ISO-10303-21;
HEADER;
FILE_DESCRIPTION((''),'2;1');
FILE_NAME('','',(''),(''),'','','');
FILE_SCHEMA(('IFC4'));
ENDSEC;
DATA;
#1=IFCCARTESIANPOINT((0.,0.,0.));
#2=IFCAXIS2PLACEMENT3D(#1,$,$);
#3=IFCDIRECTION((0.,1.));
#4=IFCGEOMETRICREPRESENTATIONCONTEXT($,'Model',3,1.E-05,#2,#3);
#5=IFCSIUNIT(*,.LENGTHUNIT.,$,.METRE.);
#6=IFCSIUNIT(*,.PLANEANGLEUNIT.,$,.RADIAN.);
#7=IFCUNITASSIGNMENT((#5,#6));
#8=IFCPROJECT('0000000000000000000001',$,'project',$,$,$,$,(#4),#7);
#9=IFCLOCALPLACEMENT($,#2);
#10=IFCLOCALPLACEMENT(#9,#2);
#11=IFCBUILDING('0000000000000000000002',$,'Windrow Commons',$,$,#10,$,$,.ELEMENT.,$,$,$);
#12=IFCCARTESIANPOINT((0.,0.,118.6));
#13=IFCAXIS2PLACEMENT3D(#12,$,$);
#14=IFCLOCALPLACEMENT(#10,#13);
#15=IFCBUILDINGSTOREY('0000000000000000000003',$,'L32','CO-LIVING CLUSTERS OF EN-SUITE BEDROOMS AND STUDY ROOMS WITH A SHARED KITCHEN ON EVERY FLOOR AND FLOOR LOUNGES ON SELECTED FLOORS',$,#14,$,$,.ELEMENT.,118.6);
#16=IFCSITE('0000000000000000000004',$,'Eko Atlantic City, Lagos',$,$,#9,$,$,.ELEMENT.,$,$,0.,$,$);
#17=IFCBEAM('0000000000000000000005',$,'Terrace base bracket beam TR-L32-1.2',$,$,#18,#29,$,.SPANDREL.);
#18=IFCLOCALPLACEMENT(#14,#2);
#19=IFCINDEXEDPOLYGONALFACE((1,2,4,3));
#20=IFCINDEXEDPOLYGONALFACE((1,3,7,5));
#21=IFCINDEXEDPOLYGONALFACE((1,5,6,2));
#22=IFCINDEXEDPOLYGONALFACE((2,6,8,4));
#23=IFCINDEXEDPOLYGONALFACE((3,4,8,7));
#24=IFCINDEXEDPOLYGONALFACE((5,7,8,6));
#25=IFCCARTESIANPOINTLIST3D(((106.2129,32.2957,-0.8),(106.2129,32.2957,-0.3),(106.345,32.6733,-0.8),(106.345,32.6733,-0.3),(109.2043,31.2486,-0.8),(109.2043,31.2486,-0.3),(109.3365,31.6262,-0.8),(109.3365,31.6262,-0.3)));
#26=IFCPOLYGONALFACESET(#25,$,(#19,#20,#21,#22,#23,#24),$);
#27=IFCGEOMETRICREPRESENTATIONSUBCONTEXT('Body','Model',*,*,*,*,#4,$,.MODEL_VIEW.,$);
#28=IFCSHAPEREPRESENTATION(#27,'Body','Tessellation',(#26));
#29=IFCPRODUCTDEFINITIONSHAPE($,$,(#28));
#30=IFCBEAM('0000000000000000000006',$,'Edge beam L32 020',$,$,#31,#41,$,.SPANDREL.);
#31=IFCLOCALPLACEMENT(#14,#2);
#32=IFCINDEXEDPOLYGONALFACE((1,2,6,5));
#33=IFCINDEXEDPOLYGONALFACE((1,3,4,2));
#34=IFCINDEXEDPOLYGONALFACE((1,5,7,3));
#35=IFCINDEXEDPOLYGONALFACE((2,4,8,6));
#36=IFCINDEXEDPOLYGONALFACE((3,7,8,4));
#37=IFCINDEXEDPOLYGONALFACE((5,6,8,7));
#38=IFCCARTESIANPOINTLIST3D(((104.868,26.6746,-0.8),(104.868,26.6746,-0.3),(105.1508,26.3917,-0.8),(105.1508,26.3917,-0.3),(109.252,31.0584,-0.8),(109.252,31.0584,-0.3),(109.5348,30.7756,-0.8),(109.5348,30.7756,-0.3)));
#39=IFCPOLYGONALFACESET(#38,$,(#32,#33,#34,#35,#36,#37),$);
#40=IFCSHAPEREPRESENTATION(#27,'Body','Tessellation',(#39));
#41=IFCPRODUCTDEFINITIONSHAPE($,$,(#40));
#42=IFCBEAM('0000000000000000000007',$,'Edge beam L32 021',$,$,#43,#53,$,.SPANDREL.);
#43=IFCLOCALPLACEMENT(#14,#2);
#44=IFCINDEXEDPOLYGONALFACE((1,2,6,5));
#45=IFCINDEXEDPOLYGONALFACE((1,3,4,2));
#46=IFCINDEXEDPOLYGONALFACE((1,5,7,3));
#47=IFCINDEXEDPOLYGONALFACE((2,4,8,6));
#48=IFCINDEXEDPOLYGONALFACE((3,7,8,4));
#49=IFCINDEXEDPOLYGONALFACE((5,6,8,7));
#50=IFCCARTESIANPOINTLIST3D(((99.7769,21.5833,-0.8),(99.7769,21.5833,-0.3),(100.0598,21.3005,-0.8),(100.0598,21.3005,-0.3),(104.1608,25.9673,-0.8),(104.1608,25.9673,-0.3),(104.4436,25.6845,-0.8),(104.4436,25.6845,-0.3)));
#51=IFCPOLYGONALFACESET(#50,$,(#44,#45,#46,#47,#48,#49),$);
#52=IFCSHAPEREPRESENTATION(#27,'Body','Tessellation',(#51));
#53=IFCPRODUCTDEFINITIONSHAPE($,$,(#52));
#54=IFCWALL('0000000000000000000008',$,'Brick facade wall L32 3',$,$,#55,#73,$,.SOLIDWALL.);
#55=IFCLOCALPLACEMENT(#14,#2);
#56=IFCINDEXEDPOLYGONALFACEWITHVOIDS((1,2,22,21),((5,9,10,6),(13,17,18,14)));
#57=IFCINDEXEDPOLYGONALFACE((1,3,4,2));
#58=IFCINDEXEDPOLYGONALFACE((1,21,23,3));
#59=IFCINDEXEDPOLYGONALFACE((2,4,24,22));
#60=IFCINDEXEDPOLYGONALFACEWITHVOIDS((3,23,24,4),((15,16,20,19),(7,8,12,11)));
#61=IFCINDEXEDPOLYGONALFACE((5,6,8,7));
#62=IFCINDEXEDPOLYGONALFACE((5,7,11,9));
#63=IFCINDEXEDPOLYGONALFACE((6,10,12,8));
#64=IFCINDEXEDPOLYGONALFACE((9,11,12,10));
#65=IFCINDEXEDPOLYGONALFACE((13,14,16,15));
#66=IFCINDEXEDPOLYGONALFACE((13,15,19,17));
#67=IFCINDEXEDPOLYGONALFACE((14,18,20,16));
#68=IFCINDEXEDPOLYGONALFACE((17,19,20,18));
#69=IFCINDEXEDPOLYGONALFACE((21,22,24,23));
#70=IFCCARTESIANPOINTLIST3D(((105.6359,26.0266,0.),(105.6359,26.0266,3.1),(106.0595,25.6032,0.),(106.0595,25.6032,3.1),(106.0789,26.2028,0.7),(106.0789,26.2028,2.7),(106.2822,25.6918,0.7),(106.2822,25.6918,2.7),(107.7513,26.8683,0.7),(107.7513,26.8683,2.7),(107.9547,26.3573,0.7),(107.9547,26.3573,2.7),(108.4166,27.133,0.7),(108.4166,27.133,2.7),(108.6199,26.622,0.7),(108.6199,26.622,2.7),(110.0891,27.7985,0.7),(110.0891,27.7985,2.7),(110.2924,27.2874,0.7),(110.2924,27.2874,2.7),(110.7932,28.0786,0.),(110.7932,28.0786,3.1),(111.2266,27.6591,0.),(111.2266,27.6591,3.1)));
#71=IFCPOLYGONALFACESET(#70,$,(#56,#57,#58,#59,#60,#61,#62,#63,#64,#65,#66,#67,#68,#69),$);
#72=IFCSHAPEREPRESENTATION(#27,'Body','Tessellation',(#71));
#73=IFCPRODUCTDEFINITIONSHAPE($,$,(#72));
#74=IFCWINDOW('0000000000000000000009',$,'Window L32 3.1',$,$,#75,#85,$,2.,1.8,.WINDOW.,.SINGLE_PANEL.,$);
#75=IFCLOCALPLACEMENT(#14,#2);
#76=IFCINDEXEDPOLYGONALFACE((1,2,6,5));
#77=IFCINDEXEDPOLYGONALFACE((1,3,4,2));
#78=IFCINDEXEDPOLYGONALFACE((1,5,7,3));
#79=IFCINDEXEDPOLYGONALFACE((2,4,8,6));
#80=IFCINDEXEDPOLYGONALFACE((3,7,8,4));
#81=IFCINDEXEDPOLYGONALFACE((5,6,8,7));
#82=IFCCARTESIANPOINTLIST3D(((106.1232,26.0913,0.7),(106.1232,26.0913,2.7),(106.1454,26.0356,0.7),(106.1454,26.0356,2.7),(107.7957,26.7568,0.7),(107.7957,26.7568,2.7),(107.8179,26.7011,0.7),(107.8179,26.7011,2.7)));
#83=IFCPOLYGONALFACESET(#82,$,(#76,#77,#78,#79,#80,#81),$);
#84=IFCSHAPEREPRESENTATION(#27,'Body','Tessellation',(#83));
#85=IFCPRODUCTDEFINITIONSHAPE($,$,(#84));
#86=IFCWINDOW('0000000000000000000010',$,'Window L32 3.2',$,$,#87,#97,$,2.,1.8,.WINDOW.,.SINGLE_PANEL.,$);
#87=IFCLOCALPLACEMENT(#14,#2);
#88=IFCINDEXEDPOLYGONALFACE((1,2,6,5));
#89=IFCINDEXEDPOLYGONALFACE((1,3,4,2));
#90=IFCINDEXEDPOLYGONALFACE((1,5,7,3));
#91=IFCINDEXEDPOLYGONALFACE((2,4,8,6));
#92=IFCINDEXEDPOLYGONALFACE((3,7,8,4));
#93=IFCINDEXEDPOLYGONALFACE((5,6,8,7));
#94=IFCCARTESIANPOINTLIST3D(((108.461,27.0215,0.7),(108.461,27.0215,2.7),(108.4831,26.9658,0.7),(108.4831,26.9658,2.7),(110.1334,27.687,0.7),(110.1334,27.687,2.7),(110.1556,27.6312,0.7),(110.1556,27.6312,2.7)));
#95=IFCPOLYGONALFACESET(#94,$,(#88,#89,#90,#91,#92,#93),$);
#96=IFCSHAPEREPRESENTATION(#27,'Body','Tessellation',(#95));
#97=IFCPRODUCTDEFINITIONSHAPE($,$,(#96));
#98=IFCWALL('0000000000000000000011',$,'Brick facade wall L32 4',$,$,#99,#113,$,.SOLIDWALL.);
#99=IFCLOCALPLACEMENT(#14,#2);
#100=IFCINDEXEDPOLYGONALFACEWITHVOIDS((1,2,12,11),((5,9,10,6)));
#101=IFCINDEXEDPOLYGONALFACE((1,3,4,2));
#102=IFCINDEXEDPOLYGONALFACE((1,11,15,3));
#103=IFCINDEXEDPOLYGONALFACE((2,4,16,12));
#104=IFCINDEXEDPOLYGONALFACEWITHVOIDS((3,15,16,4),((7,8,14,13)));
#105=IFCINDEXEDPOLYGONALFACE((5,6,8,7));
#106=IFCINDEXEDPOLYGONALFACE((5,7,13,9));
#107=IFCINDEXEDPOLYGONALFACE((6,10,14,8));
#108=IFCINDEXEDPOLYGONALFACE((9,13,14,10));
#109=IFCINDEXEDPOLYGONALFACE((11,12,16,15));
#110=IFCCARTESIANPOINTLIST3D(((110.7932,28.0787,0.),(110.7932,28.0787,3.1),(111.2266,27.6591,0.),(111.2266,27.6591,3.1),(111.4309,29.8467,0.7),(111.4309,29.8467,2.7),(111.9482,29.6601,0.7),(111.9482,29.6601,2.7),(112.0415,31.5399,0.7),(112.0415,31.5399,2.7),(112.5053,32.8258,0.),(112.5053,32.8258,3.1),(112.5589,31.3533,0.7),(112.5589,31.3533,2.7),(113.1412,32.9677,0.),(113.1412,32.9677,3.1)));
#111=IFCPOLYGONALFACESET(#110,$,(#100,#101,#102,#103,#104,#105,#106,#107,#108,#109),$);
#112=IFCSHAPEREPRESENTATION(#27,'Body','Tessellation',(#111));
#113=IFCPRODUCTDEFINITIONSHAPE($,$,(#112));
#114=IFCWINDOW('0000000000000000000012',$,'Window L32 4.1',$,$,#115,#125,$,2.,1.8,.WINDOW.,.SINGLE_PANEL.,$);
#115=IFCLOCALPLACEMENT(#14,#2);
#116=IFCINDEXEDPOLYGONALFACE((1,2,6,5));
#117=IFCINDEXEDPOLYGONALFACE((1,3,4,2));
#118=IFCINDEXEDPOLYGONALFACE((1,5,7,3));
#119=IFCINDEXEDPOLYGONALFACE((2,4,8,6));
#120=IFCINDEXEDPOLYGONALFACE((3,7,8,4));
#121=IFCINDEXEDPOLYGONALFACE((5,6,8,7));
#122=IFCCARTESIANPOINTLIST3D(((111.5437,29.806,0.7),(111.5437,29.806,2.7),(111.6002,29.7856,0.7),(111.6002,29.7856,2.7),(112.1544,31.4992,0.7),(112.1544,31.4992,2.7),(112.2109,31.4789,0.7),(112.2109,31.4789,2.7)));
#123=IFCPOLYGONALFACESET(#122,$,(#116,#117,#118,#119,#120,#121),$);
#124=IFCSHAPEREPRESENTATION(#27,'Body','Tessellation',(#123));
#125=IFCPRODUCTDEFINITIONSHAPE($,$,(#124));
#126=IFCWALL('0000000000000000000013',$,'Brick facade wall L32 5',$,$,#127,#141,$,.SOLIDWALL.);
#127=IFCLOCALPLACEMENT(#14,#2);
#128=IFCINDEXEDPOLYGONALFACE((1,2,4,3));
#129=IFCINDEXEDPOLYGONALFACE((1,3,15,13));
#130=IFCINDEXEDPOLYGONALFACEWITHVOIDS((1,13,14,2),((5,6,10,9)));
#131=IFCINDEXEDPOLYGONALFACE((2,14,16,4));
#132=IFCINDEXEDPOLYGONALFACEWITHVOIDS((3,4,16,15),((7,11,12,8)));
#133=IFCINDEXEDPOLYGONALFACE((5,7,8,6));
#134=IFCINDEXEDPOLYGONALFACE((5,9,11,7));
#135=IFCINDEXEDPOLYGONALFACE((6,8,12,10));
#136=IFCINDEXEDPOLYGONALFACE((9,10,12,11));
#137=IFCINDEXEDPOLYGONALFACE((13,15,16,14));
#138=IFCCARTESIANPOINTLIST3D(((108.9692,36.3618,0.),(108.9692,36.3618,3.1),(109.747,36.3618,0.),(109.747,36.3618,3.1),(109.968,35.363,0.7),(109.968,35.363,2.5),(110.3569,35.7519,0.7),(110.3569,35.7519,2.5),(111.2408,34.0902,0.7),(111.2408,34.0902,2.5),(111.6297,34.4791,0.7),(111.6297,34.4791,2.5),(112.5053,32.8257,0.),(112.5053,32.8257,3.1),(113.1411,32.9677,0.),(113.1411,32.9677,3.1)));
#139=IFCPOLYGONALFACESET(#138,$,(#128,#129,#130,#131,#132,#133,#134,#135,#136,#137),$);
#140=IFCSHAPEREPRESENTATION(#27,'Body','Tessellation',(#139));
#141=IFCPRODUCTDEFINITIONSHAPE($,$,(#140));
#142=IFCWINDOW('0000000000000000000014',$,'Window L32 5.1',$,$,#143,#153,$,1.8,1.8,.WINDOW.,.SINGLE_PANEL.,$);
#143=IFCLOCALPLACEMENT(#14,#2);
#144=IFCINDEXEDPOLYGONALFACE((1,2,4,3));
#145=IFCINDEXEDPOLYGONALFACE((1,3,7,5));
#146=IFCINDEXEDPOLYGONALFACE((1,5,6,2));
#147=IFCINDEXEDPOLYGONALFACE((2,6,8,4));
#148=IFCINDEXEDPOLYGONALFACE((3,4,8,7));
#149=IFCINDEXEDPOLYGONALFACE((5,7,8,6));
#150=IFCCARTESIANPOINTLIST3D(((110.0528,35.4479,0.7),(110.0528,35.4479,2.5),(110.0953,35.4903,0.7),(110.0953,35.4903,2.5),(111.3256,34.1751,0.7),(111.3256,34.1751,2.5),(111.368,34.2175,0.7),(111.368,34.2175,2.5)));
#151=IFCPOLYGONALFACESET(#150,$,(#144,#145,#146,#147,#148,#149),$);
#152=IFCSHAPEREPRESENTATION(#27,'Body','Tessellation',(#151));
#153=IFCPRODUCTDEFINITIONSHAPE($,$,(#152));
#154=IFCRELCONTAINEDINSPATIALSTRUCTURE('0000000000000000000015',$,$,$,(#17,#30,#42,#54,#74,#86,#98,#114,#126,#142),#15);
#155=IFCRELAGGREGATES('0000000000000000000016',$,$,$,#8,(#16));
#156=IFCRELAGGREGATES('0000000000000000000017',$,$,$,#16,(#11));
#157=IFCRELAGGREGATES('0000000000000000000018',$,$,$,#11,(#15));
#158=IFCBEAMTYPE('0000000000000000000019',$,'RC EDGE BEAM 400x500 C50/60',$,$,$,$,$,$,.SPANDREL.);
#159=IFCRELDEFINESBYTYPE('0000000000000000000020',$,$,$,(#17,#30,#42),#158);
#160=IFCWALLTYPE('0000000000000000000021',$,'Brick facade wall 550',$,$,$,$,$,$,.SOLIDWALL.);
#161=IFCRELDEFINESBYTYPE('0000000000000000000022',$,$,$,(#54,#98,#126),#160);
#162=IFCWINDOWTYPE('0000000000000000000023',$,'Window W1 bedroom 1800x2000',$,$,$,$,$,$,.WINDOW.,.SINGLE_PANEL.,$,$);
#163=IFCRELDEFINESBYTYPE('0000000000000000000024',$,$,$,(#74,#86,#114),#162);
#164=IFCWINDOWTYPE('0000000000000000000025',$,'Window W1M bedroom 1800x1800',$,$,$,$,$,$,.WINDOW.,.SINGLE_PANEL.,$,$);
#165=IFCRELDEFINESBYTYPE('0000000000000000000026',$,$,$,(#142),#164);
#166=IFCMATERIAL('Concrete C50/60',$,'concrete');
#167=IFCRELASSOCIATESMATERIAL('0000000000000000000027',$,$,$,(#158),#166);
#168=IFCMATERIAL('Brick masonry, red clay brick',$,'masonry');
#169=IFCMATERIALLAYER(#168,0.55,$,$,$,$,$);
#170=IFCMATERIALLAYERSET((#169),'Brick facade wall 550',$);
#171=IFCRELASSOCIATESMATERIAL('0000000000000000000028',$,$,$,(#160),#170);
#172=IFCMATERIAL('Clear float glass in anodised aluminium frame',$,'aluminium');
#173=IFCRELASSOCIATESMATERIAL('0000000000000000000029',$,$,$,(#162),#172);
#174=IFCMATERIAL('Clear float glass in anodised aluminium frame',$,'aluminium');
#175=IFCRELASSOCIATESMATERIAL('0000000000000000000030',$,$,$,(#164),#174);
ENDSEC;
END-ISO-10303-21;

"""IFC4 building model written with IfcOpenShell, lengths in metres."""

from ifc_helpers import new_model, si_unit, direction, frame, frame_2d, origin, origin_2d, place, context, subcontext, project, spatial, polyline, rectangle, outline, extrude, material, layer, layer_set, material_profile, profile_set, type_object, element, fill, save


model = new_model("IFC4")

# Units and contexts
model_context = context("Model", 3, precision=1e-05, world=origin(), true_north=direction((0.0, 1.0)))
body_context = subcontext(model_context, "Body", "Model", "MODEL_VIEW")
ifc_project = project(units=[si_unit("LENGTHUNIT", "METRE"), si_unit("PLANEANGLEUNIT", "RADIAN")], contexts=[model_context])

# Site, building, storey
site_placement = place(None, origin())
site = spatial("IfcSite", under=ifc_project, at=site_placement, Name="Eko Atlantic City, Lagos", CompositionType="ELEMENT", RefElevation=0.0)
building_placement = place(site_placement, origin())
building = spatial("IfcBuilding", under=site, at=building_placement, Name="Windrow Commons", CompositionType="ELEMENT")
storey_placement = place(building_placement, frame((0.0, 0.0, 118.6)))
storey = spatial("IfcBuildingStorey", under=building, at=storey_placement, Name="L32", Description="CO-LIVING CLUSTERS OF EN-SUITE BEDROOMS AND STUDY ROOMS WITH A SHARED KITCHEN ON EVERY FLOOR AND FLOOR LOUNGES ON SELECTED FLOORS", CompositionType="ELEMENT", Elevation=118.6)

# Beams
ifc_material_1 = material(Name="Concrete C50/60", Category="concrete")
ifc_material_profile = material_profile(ifc_material_1, rectangle(XDim=0.4, YDim=0.5, at=origin_2d()))
ifc_profile_set = profile_set([ifc_material_profile], Name="Concrete C50/60")
beam_type = type_object("IfcBeamType", Name="RC EDGE BEAM 400x500 C50/60", PredefinedType="SPANDREL", material=ifc_profile_set)
beam_placement = place(storey_placement, frame((109.2704, 31.4374, -0.55), z_axis=(-0.943848, 0.330381, 0.0), x_axis=(-0.330381, -0.943848, 0.0)))
element("IfcBeam", 1, at=beam_placement, inside=storey, type_object=beam_type, Name="Terrace base bracket beam TR-L32-1.2", PredefinedType="SPANDREL", context=body_context, shape_type="SweptSolid", body=[
    extrude(rectangle(XDim=0.4, YDim=0.5, at=origin_2d()), origin(), (0.0, 0.0, 1.0), 3.1694),
])
for number, where, z_axis, x_axis, name in (
    (2, (109.3934, 30.917, -0.55), (-0.707115, -0.707099, 0.0), (0.707099, -0.707115, 0.0), "Edge beam L32 020"),
    (3, (104.3022, 25.8259, -0.55), (-0.707099, -0.707115, 0.0), (0.707115, -0.707099, 0.0), "Edge beam L32 021"),
):
    element("IfcBeam", number, at=place(storey_placement, frame(where, z_axis=z_axis, x_axis=x_axis)), inside=storey, type_object=beam_type, Name=name, PredefinedType="SPANDREL", context=body_context, shape_type="SweptSolid", body=[
        extrude(rectangle(XDim=0.4, YDim=0.5, at=origin_2d()), origin(), (0.0, 0.0, 1.0), 6.1998),
    ])

# Wall, openings, windows
ifc_material_2 = material(Name="Brick masonry, red clay brick", Category="masonry")
ifc_layer_1 = layer(ifc_material_2, 0.55)
ifc_layer_set_1 = layer_set([ifc_layer_1], Name="Brick facade wall 550")
wall_type_1 = type_object("IfcWallType", Name="Brick facade wall 550", PredefinedType="SOLIDWALL", material=ifc_layer_set_1)
wall_1_placement = place(storey_placement, frame((105.8477, 25.8149, 0.0), z_axis=(0.0, 0.0, 1.0), x_axis=(0.92915, 0.369702, 0.0)))
wall_1 = element("IfcWall", 4, at=wall_1_placement, inside=storey, type_object=wall_type_1, Name="Brick facade wall L32 3", PredefinedType="SOLIDWALL", context=body_context, shape_type="SweptSolid", body=[
    extrude(outline(polyline([(0.1185, -0.275), (5.6796, -0.275), (5.432, 0.275), (-0.1185, 0.275), (0.1185, -0.275)])), origin(), (0.0, 0.0, 1.0), 3.1),
])
opening_1_placement = place(wall_1_placement, frame((0.3582, 0.0, 0.7)))
opening_1 = element("IfcOpeningElement", 5, at=opening_1_placement, cuts=wall_1, PredefinedType="OPENING", context=body_context, shape_type="SweptSolid", body=[
    extrude(rectangle(XDim=1.8, YDim=2.0, at=frame_2d((0.9, 1.0))), frame((0.0, 0.285, 0.0), z_axis=(0.0, -1.0, 0.0), x_axis=(1.0, 0.0, 0.0)), (0.0, 0.0, 1.0), 0.57),
])
opening_2_placement = place(wall_1_placement, frame((2.8742, 0.0, 0.7)))
opening_2 = element("IfcOpeningElement", 6, at=opening_2_placement, cuts=wall_1, PredefinedType="OPENING", context=body_context, shape_type="SweptSolid", body=[
    extrude(rectangle(XDim=1.8, YDim=2.0, at=frame_2d((0.9, 1.0))), frame((0.0, 0.285, 0.0), z_axis=(0.0, -1.0, 0.0), x_axis=(1.0, 0.0, 0.0)), (0.0, 0.0, 1.0), 0.57),
])
ifc_material_3 = material(Name="Clear float glass in anodised aluminium frame", Category="aluminium")
window_type_1 = type_object("IfcWindowType", Name="Window W1 bedroom 1800x2000", PartitioningType="SINGLE_PANEL", PredefinedType="WINDOW", material=ifc_material_3)
window_1_placement = place(opening_1_placement, origin())
window_1 = element("IfcWindow", 7, at=window_1_placement, inside=storey, type_object=window_type_1, Name="Window L32 3.1", OverallHeight=2.0, OverallWidth=1.8, PartitioningType="SINGLE_PANEL", PredefinedType="WINDOW", context=body_context, shape_type="SweptSolid", body=[
    extrude(rectangle(XDim=1.8, YDim=2.0, at=frame_2d((0.9, 1.0))), frame((0.0, 0.155, 0.0), z_axis=(0.0, -1.0, 0.0), x_axis=(1.0, 0.0, 0.0)), (0.0, 0.0, 1.0), 0.06),
])
fill(opening_1, window_1)
window_2_placement = place(opening_2_placement, origin())
window_2 = element("IfcWindow", 8, at=window_2_placement, inside=storey, type_object=window_type_1, Name="Window L32 3.2", OverallHeight=2.0, OverallWidth=1.8, PartitioningType="SINGLE_PANEL", PredefinedType="WINDOW", context=body_context, shape_type="SweptSolid", body=[
    extrude(rectangle(XDim=1.8, YDim=2.0, at=frame_2d((0.9, 1.0))), frame((0.0, 0.155, 0.0), z_axis=(0.0, -1.0, 0.0), x_axis=(1.0, 0.0, 0.0)), (0.0, 0.0, 1.0), 0.06),
])
fill(opening_2, window_2)

# Walls, openings, windows
wall_2_placement = place(storey_placement, frame((111.0099, 27.8689, 0.0), z_axis=(0.0, 0.0, 1.0), x_axis=(0.339265, 0.940691, 0.0)))
wall_2 = element("IfcWall", 9, at=wall_2_placement, inside=storey, type_object=wall_type_1, Name="Brick facade wall L32 4", PredefinedType="SOLIDWALL", context=body_context, shape_type="SweptSolid", body=[
    extrude(outline(polyline([(-0.1238, -0.275), (5.5195, -0.275), (5.1702, 0.275), (0.1238, 0.275), (-0.1238, -0.275)])), origin(), (0.0, 0.0, 1.0), 3.1),
])
opening_3_placement = place(wall_2_placement, frame((2.0033, 0.0, 0.7)))
opening_3 = element("IfcOpeningElement", 10, at=opening_3_placement, cuts=wall_2, PredefinedType="OPENING", context=body_context, shape_type="SweptSolid", body=[
    extrude(rectangle(XDim=1.8, YDim=2.0, at=frame_2d((0.9, 1.0))), frame((0.0, 0.285, 0.0), z_axis=(0.0, -1.0, 0.0), x_axis=(1.0, 0.0, 0.0)), (0.0, 0.0, 1.0), 0.57),
])
window_3_placement = place(opening_3_placement, origin())
window_3 = element("IfcWindow", 11, at=window_3_placement, inside=storey, type_object=window_type_1, Name="Window L32 4.1", OverallHeight=2.0, OverallWidth=1.8, PartitioningType="SINGLE_PANEL", PredefinedType="WINDOW", context=body_context, shape_type="SweptSolid", body=[
    extrude(rectangle(XDim=1.8, YDim=2.0, at=frame_2d((0.9, 1.0))), frame((0.0, 0.155, 0.0), z_axis=(0.0, -1.0, 0.0), x_axis=(1.0, 0.0, 0.0)), (0.0, 0.0, 1.0), 0.06),
])
fill(opening_3, window_3)
wall_3_placement = place(storey_placement, frame((112.8232, 32.8967, 0.0), z_axis=(0.0, 0.0, 1.0), x_axis=(-0.707107, 0.707107, 0.0)))
wall_3 = element("IfcWall", 12, at=wall_3_placement, inside=storey, type_object=wall_type_1, Name="Brick facade wall L32 5", PredefinedType="SOLIDWALL", context=body_context, shape_type="SweptSolid", body=[
    extrude(outline(polyline([(-0.1746, -0.275), (4.6254, -0.275), (5.1754, 0.275), (0.1746, 0.275), (-0.1746, -0.275)])), origin(), (0.0, 0.0, 1.0), 3.1),
])
opening_4_placement = place(wall_3_placement, frame((1.9629, 0.0, 0.7)))
opening_4 = element("IfcOpeningElement", 13, at=opening_4_placement, cuts=wall_3, PredefinedType="OPENING", context=body_context, shape_type="SweptSolid", body=[
    extrude(rectangle(XDim=1.8, YDim=1.8, at=frame_2d((0.9, 0.9))), frame((0.0, 0.285, 0.0), z_axis=(0.0, -1.0, 0.0), x_axis=(1.0, 0.0, 0.0)), (0.0, 0.0, 1.0), 0.57),
])
ifc_material_4 = material(Name="Clear float glass in anodised aluminium frame", Category="aluminium")
window_type_2 = type_object("IfcWindowType", Name="Window W1M bedroom 1800x1800", PartitioningType="SINGLE_PANEL", PredefinedType="WINDOW", material=ifc_material_4)
window_4_placement = place(opening_4_placement, origin())
window_4 = element("IfcWindow", 14, at=window_4_placement, inside=storey, type_object=window_type_2, Name="Window L32 5.1", OverallHeight=1.8, OverallWidth=1.8, PartitioningType="SINGLE_PANEL", PredefinedType="WINDOW", context=body_context, shape_type="SweptSolid", body=[
    extrude(rectangle(XDim=1.8, YDim=1.8, at=frame_2d((0.9, 0.9))), frame((0.0, 0.155, 0.0), z_axis=(0.0, -1.0, 0.0), x_axis=(1.0, 0.0, 0.0)), (0.0, 0.0, 1.0), 0.06),
])
fill(opening_4, window_4)

save(model, "model.ifc")
